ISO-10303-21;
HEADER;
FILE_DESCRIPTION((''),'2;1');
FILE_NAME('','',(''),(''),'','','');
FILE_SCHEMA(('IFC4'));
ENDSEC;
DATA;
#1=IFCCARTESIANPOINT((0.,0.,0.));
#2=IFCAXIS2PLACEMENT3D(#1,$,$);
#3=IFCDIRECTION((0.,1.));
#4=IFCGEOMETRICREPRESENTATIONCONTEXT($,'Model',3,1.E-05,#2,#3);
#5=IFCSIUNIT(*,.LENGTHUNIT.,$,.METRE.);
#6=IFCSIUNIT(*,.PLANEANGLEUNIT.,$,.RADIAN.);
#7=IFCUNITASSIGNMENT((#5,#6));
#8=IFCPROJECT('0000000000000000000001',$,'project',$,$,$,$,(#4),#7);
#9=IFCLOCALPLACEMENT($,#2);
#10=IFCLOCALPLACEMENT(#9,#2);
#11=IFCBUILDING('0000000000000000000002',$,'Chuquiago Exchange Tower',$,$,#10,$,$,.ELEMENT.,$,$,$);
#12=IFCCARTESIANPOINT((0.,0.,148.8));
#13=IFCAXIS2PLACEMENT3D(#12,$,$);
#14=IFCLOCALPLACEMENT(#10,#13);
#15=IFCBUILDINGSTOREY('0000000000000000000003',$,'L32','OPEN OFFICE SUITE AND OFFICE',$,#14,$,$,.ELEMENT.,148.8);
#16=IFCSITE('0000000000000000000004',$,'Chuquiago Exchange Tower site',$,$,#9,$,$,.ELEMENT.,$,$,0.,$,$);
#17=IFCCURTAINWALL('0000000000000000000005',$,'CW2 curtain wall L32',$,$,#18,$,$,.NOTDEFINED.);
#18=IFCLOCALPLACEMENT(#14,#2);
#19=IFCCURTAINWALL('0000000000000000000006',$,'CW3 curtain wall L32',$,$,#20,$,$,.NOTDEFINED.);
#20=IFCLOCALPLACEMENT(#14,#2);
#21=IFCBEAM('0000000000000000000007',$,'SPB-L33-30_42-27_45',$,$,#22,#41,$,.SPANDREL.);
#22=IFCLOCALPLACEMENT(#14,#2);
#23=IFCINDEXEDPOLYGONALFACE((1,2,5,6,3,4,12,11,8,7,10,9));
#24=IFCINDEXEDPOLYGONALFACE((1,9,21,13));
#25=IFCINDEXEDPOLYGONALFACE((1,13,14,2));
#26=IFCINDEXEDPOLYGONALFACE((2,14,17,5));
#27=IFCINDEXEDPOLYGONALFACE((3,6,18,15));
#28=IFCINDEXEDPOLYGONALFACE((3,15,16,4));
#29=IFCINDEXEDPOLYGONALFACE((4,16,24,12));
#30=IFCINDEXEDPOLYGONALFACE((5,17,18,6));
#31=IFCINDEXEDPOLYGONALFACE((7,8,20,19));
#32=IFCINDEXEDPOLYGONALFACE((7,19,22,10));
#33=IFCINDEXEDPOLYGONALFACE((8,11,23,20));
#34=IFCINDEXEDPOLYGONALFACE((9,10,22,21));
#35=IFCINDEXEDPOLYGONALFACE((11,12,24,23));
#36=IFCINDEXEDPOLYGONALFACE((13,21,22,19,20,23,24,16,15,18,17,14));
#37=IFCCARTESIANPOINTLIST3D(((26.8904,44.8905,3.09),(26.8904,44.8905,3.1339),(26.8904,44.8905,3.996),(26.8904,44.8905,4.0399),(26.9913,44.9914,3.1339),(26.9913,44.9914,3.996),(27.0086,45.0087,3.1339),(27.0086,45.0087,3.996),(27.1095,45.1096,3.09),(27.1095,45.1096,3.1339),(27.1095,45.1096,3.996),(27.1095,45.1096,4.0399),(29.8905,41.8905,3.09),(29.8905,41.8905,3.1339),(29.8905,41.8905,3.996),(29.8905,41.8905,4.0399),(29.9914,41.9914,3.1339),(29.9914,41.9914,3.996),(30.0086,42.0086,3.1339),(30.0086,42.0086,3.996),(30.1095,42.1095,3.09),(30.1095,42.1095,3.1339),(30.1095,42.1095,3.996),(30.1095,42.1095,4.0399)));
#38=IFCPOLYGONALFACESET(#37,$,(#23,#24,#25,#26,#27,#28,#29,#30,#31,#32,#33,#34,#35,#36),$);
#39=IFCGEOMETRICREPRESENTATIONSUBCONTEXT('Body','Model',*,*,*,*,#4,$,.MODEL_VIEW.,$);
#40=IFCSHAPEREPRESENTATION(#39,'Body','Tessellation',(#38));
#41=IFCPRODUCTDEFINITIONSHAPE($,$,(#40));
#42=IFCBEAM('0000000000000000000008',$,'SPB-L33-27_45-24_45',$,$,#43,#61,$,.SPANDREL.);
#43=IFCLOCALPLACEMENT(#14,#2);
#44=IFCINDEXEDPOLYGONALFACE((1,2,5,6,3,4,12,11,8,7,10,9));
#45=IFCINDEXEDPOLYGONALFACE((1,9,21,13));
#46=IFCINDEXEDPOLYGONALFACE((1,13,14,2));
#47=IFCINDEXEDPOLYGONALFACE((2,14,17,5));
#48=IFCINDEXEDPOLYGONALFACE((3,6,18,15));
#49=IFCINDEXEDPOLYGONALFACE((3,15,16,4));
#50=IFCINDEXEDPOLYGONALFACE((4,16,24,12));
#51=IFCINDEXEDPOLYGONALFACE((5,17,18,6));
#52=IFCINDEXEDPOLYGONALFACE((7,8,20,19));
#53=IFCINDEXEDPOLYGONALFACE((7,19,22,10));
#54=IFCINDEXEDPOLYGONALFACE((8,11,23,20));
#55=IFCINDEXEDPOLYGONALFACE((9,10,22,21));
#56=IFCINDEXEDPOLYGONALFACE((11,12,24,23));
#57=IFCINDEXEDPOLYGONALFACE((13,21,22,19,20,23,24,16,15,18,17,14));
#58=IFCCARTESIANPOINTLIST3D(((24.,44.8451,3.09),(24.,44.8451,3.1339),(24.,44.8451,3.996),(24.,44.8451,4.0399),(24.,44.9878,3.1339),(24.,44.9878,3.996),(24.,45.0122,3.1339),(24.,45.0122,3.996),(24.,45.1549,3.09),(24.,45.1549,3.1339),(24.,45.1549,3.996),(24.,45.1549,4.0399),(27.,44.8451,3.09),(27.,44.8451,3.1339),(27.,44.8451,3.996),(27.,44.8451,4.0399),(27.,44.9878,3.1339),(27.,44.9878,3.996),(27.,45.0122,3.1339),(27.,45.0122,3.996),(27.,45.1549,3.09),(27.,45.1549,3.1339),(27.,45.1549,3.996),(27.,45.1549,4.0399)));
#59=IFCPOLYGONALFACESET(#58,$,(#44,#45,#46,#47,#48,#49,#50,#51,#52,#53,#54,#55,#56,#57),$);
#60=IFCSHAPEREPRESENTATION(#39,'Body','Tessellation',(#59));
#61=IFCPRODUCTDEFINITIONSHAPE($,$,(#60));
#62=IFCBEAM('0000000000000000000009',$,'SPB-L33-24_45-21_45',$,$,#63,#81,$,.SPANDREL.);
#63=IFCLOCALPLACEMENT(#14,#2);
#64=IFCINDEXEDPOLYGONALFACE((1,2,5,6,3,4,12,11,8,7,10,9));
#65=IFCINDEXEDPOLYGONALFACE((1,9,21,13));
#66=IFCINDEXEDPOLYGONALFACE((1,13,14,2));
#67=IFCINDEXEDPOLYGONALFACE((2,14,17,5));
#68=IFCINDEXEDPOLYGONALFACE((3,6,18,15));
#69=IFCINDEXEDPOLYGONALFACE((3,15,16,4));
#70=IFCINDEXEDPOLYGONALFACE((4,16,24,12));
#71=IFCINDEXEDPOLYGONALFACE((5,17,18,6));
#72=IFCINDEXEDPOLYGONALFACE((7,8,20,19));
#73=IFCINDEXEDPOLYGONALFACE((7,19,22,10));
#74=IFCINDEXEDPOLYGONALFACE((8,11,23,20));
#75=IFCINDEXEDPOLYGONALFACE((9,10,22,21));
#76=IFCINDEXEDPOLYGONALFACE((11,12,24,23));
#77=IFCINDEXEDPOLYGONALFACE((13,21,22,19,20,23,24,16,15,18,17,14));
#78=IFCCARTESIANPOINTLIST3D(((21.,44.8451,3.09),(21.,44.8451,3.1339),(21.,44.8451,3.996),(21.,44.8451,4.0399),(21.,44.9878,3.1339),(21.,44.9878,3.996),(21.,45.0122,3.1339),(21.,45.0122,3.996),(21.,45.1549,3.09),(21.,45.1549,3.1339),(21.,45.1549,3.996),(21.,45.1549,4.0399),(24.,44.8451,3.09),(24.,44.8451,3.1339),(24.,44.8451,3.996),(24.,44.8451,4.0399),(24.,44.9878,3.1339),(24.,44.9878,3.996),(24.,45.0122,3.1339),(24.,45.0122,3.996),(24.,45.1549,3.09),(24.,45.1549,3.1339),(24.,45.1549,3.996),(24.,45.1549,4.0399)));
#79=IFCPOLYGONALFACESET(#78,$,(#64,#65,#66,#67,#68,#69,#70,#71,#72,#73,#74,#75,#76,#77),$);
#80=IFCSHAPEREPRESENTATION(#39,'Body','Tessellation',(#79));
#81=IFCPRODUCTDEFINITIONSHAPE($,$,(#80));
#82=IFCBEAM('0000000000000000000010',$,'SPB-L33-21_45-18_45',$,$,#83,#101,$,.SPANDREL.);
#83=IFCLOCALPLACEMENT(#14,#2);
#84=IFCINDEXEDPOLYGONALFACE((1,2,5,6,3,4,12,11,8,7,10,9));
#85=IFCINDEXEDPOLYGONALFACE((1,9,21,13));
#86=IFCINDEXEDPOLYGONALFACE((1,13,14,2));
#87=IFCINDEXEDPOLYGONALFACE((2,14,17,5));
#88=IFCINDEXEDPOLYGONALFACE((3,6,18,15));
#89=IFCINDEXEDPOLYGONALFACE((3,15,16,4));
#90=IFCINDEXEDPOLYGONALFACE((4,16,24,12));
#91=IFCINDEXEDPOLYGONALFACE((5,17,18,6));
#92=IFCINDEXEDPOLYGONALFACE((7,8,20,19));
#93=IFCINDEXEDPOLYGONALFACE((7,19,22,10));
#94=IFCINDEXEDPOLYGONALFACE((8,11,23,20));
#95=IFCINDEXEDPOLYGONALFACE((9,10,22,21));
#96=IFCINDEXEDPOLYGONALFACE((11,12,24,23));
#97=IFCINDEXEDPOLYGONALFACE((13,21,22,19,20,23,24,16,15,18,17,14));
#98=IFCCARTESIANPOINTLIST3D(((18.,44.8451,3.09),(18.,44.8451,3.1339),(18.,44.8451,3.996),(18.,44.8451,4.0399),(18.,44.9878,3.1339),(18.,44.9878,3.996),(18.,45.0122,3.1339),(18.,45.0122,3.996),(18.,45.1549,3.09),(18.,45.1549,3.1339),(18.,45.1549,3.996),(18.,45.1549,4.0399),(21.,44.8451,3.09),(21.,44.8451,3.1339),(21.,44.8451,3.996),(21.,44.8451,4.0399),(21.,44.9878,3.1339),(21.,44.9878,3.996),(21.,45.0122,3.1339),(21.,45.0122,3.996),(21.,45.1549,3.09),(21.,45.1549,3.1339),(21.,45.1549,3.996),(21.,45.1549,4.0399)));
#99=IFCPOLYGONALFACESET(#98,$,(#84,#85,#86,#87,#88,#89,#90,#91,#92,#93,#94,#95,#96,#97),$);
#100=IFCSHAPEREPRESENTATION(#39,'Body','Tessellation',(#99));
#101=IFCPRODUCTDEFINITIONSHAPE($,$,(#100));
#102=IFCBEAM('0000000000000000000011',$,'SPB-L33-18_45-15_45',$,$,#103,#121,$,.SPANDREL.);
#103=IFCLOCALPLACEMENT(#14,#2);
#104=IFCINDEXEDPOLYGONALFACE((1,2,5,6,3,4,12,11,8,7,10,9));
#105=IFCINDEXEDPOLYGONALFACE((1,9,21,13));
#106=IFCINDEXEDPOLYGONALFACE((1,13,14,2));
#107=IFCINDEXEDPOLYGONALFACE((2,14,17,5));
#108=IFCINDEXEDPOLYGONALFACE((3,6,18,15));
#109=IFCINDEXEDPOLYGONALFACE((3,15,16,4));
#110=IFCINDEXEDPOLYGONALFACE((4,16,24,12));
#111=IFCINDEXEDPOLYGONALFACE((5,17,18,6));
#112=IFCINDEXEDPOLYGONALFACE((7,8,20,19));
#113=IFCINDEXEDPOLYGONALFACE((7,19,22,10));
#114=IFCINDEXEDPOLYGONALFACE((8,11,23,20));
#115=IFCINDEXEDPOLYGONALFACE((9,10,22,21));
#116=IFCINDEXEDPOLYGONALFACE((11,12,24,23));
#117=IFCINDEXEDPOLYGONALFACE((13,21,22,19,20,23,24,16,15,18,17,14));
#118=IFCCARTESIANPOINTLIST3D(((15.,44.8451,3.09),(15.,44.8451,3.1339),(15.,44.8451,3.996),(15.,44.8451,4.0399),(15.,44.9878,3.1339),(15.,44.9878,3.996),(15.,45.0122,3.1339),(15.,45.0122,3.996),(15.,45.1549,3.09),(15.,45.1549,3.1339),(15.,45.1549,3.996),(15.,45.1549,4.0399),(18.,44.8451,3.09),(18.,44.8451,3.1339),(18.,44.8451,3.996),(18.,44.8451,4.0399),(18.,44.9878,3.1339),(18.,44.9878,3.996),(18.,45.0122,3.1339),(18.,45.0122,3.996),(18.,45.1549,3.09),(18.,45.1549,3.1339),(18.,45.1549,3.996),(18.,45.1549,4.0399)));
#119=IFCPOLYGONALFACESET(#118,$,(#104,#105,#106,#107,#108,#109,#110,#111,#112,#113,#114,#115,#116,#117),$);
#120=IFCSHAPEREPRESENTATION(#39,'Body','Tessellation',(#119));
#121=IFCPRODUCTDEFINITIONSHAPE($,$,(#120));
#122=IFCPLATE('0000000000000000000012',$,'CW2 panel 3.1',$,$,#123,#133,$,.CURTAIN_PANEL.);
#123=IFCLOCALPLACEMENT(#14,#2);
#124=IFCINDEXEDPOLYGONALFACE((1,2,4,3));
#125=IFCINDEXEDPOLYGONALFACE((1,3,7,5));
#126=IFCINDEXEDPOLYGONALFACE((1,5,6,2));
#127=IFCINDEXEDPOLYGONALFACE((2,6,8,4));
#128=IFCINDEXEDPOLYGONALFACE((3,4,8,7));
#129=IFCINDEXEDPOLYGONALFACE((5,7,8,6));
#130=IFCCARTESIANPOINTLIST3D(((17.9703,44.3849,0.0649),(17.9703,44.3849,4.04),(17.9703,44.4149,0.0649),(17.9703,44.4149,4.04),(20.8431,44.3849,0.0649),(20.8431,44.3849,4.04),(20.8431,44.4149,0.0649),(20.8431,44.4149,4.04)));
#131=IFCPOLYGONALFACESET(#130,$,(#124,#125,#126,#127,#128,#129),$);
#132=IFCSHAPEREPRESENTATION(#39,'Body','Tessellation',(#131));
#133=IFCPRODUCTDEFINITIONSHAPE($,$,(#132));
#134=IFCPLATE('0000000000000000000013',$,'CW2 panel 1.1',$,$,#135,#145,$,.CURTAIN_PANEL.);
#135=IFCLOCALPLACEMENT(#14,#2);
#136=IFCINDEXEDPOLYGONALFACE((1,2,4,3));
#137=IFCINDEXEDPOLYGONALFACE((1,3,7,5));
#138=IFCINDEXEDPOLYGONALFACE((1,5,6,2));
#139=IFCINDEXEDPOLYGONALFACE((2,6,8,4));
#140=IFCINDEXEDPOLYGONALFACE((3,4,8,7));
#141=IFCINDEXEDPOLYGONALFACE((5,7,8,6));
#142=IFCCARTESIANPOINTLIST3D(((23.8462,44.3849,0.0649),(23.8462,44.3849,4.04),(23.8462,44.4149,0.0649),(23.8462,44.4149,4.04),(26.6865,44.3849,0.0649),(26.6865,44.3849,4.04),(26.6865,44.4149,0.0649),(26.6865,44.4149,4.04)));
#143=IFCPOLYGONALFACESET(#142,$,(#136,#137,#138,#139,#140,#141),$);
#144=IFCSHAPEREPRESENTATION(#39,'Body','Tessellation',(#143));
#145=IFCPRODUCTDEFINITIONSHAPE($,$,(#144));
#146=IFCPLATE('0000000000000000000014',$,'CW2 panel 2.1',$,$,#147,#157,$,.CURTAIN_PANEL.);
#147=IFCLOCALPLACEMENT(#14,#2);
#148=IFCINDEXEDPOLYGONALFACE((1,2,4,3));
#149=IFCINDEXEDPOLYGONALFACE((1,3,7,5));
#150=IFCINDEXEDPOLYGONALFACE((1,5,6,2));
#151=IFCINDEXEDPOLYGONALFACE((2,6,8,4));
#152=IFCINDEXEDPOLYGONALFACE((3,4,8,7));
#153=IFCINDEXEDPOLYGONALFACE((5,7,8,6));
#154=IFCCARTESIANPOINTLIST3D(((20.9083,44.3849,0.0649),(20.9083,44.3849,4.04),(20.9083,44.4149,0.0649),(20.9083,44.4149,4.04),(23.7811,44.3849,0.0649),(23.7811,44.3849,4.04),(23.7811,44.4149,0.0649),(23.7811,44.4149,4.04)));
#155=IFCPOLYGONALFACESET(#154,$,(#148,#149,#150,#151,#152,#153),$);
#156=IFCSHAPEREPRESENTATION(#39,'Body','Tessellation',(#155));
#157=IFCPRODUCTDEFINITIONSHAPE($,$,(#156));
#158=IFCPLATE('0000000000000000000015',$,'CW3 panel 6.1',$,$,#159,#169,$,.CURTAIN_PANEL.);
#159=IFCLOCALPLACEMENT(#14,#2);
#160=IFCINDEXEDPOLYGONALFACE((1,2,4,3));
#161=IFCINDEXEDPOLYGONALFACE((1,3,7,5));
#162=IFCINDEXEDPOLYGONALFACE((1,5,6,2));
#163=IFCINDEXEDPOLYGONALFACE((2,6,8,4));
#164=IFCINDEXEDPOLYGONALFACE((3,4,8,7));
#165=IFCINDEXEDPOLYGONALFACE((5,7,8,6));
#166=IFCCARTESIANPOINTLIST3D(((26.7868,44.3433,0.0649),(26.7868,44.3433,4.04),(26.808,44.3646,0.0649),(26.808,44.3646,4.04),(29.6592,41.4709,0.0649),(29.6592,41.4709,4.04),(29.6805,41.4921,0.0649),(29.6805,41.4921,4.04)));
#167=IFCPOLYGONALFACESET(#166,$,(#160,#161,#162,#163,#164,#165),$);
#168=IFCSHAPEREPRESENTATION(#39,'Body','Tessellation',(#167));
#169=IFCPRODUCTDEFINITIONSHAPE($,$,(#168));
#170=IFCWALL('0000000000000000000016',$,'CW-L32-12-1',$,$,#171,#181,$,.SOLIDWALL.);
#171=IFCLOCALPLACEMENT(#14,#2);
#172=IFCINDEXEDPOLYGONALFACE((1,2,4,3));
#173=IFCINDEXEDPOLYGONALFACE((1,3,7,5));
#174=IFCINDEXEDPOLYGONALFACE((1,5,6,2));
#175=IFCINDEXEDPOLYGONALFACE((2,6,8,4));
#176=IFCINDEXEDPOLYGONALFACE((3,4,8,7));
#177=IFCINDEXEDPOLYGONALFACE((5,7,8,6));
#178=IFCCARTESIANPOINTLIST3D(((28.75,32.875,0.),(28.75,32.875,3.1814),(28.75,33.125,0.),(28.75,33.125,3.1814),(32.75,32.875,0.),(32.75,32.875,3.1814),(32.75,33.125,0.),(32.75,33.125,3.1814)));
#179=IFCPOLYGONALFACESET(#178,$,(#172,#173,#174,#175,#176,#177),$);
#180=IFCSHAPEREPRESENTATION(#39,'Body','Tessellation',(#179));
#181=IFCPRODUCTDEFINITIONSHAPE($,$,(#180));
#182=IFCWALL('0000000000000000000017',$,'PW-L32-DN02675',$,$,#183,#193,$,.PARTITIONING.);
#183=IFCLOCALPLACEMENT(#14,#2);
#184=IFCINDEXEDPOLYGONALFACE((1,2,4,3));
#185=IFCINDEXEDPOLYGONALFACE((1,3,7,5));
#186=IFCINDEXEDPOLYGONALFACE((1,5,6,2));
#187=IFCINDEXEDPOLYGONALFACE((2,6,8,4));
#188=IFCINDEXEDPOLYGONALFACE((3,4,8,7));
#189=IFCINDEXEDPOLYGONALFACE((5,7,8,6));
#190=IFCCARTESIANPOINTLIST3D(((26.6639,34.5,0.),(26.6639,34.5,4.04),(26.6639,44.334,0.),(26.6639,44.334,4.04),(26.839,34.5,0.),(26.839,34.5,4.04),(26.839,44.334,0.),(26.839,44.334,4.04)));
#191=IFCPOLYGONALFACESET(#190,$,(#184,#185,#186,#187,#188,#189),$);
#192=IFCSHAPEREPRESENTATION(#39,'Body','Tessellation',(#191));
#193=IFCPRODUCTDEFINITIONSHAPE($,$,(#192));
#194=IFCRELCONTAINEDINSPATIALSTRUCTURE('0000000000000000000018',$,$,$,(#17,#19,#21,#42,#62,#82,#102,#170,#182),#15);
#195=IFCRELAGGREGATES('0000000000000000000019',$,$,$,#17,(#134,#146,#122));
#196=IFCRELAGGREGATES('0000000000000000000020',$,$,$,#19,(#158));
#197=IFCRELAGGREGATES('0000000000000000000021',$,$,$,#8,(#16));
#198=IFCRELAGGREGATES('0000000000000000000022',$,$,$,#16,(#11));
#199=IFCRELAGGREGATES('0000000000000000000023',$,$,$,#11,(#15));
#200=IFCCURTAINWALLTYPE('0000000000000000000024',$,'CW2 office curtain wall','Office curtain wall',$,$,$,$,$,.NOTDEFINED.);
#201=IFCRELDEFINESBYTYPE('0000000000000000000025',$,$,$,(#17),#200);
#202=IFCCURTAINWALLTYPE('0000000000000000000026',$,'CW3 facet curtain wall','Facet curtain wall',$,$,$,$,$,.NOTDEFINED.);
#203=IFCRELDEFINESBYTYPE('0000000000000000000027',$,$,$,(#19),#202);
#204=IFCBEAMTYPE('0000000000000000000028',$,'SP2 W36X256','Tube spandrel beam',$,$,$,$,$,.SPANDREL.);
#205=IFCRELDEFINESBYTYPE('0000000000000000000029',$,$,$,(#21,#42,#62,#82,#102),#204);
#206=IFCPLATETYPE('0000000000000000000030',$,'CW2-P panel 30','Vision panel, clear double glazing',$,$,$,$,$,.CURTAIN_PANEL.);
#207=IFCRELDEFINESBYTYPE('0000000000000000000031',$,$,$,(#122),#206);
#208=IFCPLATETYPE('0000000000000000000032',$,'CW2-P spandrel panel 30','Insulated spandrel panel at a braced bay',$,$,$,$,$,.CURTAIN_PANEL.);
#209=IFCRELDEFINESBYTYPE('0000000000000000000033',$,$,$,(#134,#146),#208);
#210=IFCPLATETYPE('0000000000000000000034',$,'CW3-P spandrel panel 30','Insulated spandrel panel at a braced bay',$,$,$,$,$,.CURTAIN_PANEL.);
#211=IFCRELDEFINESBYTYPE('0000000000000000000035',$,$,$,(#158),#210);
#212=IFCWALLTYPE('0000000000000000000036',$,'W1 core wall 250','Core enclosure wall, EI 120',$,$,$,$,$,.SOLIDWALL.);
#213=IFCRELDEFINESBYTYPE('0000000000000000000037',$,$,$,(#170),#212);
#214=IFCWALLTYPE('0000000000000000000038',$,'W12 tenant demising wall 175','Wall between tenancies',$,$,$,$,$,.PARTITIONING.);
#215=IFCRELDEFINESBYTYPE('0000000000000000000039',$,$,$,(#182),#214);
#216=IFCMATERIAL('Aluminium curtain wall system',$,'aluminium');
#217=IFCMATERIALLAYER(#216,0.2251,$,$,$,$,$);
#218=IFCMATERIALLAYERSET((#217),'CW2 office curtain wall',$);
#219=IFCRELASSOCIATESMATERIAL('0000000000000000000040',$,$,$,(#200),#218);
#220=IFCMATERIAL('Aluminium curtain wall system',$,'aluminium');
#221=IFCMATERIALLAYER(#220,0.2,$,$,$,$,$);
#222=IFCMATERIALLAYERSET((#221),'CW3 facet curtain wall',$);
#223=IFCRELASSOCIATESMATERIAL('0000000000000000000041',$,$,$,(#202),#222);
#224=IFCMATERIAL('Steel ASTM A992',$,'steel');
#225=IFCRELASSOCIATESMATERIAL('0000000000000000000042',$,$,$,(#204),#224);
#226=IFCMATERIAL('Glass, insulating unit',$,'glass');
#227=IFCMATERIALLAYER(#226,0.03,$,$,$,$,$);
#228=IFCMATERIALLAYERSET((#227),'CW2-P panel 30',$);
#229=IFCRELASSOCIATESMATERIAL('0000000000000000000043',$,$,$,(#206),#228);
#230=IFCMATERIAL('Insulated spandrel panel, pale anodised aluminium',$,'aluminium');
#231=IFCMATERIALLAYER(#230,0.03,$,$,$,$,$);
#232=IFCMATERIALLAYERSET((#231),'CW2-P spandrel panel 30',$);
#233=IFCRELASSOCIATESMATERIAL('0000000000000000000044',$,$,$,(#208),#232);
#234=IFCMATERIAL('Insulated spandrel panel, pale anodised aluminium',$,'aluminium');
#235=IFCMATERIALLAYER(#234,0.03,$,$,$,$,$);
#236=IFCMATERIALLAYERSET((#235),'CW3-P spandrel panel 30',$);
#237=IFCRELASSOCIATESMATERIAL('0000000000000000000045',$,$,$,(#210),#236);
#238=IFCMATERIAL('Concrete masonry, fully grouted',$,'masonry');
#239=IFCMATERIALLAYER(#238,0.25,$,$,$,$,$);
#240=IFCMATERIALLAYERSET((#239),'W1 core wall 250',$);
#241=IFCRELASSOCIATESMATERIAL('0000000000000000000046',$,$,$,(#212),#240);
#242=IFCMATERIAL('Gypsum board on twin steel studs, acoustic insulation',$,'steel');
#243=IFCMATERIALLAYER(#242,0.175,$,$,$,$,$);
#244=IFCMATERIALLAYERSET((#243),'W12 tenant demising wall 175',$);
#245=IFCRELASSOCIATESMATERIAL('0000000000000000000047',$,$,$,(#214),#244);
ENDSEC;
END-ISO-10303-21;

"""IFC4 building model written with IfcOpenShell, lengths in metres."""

from ifc_helpers import new_model, si_unit, direction, frame, frame_2d, origin, origin_2d, place, context, subcontext, project, spatial, rectangle, i_section, extrude, material, layer, layer_set, material_profile, profile_set, type_object, element, aggregate, save


model = new_model("IFC4")

# Units and contexts
model_context = context("Model", 3, precision=1e-05, world=origin(), true_north=direction((0.0, 1.0)))
body_context = subcontext(model_context, "Body", "Model", "MODEL_VIEW")
ifc_project = project(units=[si_unit("LENGTHUNIT", "METRE"), si_unit("PLANEANGLEUNIT", "RADIAN")], contexts=[model_context])

# Site, building, storey
site_placement = place(None, origin())
site = spatial("IfcSite", under=ifc_project, at=site_placement, Name="Chuquiago Exchange Tower site", CompositionType="ELEMENT", RefElevation=0.0)
building_placement = place(site_placement, origin())
building = spatial("IfcBuilding", under=site, at=building_placement, Name="Chuquiago Exchange Tower", CompositionType="ELEMENT")
storey_placement = place(building_placement, frame((0.0, 0.0, 148.8)))
storey = spatial("IfcBuildingStorey", under=building, at=storey_placement, Name="L32", Description="OPEN OFFICE SUITE AND OFFICE", CompositionType="ELEMENT", Elevation=148.8)

# Curtain walls
ifc_material_1 = material(Name="Aluminium curtain wall system", Category="aluminium")
ifc_layer_1 = layer(ifc_material_1, 0.2251)
ifc_layer_set_1 = layer_set([ifc_layer_1], Name="CW2 office curtain wall")
curtain_wall_type_1 = type_object("IfcCurtainWallType", Name="CW2 office curtain wall", Description="Office curtain wall", PredefinedType="NOTDEFINED", material=ifc_layer_set_1)
curtain_wall_1_placement = place(storey_placement, origin())
curtain_wall_1 = element("IfcCurtainWall", 1, at=curtain_wall_1_placement, inside=storey, type_object=curtain_wall_type_1, Name="CW2 curtain wall L32", PredefinedType="NOTDEFINED")
ifc_material_2 = material(Name="Aluminium curtain wall system", Category="aluminium")
ifc_layer_2 = layer(ifc_material_2, 0.2)
ifc_layer_set_2 = layer_set([ifc_layer_2], Name="CW3 facet curtain wall")
curtain_wall_type_2 = type_object("IfcCurtainWallType", Name="CW3 facet curtain wall", Description="Facet curtain wall", PredefinedType="NOTDEFINED", material=ifc_layer_set_2)
curtain_wall_2_placement = place(storey_placement, origin())
curtain_wall_2 = element("IfcCurtainWall", 2, at=curtain_wall_2_placement, inside=storey, type_object=curtain_wall_type_2, Name="CW3 curtain wall L32", PredefinedType="NOTDEFINED")

# Beams
ifc_material_3 = material(Name="Steel ASTM A992", Category="steel")
ifc_material_profile_1 = material_profile(ifc_material_3, i_section(OverallWidth=0.3098, OverallDepth=0.95, WebThickness=0.0244, FlangeThickness=0.0439, at=origin_2d()), Name="W36X256")
ifc_profile_set_1 = profile_set([ifc_material_profile_1], Name="Steel ASTM A992")
beam_type_1 = type_object("IfcBeamType", Name="SP2 W36X256", Description="Tube spandrel beam", PredefinedType="SPANDREL", material=ifc_profile_set_1)
beam_1_placement = place(storey_placement, frame((30.0, 42.0, 3.5649), z_axis=(-0.707107, 0.707107, 0.0), x_axis=(-0.707107, -0.707107, 0.0)))
element("IfcBeam", 3, at=beam_1_placement, inside=storey, type_object=beam_type_1, Name="SPB-L33-30_42-27_45", PredefinedType="SPANDREL", context=body_context, shape_type="SweptSolid", body=[
    extrude(i_section(OverallWidth=0.3098, OverallDepth=0.95, WebThickness=0.0244, FlangeThickness=0.0439, at=origin_2d()), origin(), (0.0, 0.0, 1.0), 4.2427),
])
for number, where, z_axis, x_axis, name in (
    (4, (27.0, 45.0, 3.5649), (-1.0, 0.0, 0.0), (0.0, -1.0, 0.0), "SPB-L33-27_45-24_45"),
    (5, (24.0, 45.0, 3.5649), (-1.0, 0.0, 0.0), (0.0, -1.0, 0.0), "SPB-L33-24_45-21_45"),
    (6, (21.0, 45.0, 3.5649), (-1.0, 0.0, 0.0), (0.0, -1.0, 0.0), "SPB-L33-21_45-18_45"),
    (7, (18.0, 45.0, 3.5649), (-1.0, 0.0, 0.0), (0.0, -1.0, 0.0), "SPB-L33-18_45-15_45"),
):
    element("IfcBeam", number, at=place(storey_placement, frame(where, z_axis=z_axis, x_axis=x_axis)), inside=storey, type_object=beam_type_1, Name=name, PredefinedType="SPANDREL", context=body_context, shape_type="SweptSolid", body=[
        extrude(i_section(OverallWidth=0.3098, OverallDepth=0.95, WebThickness=0.0244, FlangeThickness=0.0439, at=origin_2d()), origin(), (0.0, 0.0, 1.0), 3.0),
    ])

# Plates
ifc_material_4 = material(Name="Glass, insulating unit", Category="glass")
ifc_layer_3 = layer(ifc_material_4, 0.03)
ifc_layer_set_3 = layer_set([ifc_layer_3], Name="CW2-P panel 30")
plate_type_1 = type_object("IfcPlateType", Name="CW2-P panel 30", Description="Vision panel, clear double glazing", PredefinedType="CURTAIN_PANEL", material=ifc_layer_set_3)
plate_1_placement = place(storey_placement, frame((19.4067, 44.3999, 0.0649), z_axis=(0.0, 0.0, 1.0), x_axis=(-1.0, 0.0, 0.0)))
plate_1 = element("IfcPlate", 8, at=plate_1_placement, type_object=plate_type_1, Name="CW2 panel 3.1", PredefinedType="CURTAIN_PANEL", context=body_context, shape_type="SweptSolid", body=[
    extrude(rectangle(XDim=2.8728, YDim=0.03, at=origin_2d()), origin(), (0.0, 0.0, 1.0), 3.9751),
])
ifc_material_5 = material(Name="Insulated spandrel panel, pale anodised aluminium", Category="aluminium")
ifc_layer_4 = layer(ifc_material_5, 0.03)
ifc_layer_set_4 = layer_set([ifc_layer_4], Name="CW2-P spandrel panel 30")
plate_type_2 = type_object("IfcPlateType", Name="CW2-P spandrel panel 30", Description="Insulated spandrel panel at a braced bay", PredefinedType="CURTAIN_PANEL", material=ifc_layer_set_4)
plate_2_placement = place(storey_placement, frame((25.2664, 44.3999, 0.0649), z_axis=(0.0, 0.0, 1.0), x_axis=(-1.0, 0.0, 0.0)))
plate_2 = element("IfcPlate", 9, at=plate_2_placement, type_object=plate_type_2, Name="CW2 panel 1.1", PredefinedType="CURTAIN_PANEL", context=body_context, shape_type="SweptSolid", body=[
    extrude(rectangle(XDim=2.8403, YDim=0.03, at=origin_2d()), origin(), (0.0, 0.0, 1.0), 3.9751),
])
plate_3_placement = place(storey_placement, frame((22.3447, 44.3999, 0.0649), z_axis=(0.0, 0.0, 1.0), x_axis=(-1.0, 0.0, 0.0)))
plate_3 = element("IfcPlate", 10, at=plate_3_placement, type_object=plate_type_2, Name="CW2 panel 2.1", PredefinedType="CURTAIN_PANEL", context=body_context, shape_type="SweptSolid", body=[
    extrude(rectangle(XDim=2.8728, YDim=0.03, at=origin_2d()), origin(), (0.0, 0.0, 1.0), 3.9751),
])
aggregate(curtain_wall_1, [plate_2, plate_3, plate_1])
ifc_material_6 = material(Name="Insulated spandrel panel, pale anodised aluminium", Category="aluminium")
ifc_layer_5 = layer(ifc_material_6, 0.03)
ifc_layer_set_5 = layer_set([ifc_layer_5], Name="CW3-P spandrel panel 30")
plate_type_3 = type_object("IfcPlateType", Name="CW3-P spandrel panel 30", Description="Insulated spandrel panel at a braced bay", PredefinedType="CURTAIN_PANEL", material=ifc_layer_set_5)
plate_4_placement = place(storey_placement, frame((28.2336, 42.9177, 0.0649), z_axis=(0.0, 0.0, 1.0), x_axis=(-0.707107, 0.707107, 0.0)))
plate_4 = element("IfcPlate", 11, at=plate_4_placement, type_object=plate_type_3, Name="CW3 panel 6.1", PredefinedType="CURTAIN_PANEL", context=body_context, shape_type="SweptSolid", body=[
    extrude(rectangle(XDim=4.0623, YDim=0.03, at=origin_2d()), origin(), (0.0, 0.0, 1.0), 3.9751),
])
aggregate(curtain_wall_2, [plate_4])

# Walls
ifc_material_7 = material(Name="Concrete masonry, fully grouted", Category="masonry")
ifc_layer_6 = layer(ifc_material_7, 0.25)
ifc_layer_set_6 = layer_set([ifc_layer_6], Name="W1 core wall 250")
wall_type_1 = type_object("IfcWallType", Name="W1 core wall 250", Description="Core enclosure wall, EI 120", PredefinedType="SOLIDWALL", material=ifc_layer_set_6)
wall_1_placement = place(storey_placement, frame((28.75, 33.0, 0.0), z_axis=(0.0, 0.0, 1.0), x_axis=(1.0, 0.0, 0.0)))
element("IfcWall", 12, at=wall_1_placement, inside=storey, type_object=wall_type_1, Name="CW-L32-12-1", PredefinedType="SOLIDWALL", context=body_context, shape_type="SweptSolid", body=[
    extrude(rectangle(XDim=4.0, YDim=0.25, at=frame_2d((2.0, 0.0))), origin(), (0.0, 0.0, 1.0), 3.1814),
])
ifc_material_8 = material(Name="Gypsum board on twin steel studs, acoustic insulation", Category="steel")
ifc_layer_7 = layer(ifc_material_8, 0.175)
ifc_layer_set_7 = layer_set([ifc_layer_7], Name="W12 tenant demising wall 175")
wall_type_2 = type_object("IfcWallType", Name="W12 tenant demising wall 175", Description="Wall between tenancies", PredefinedType="PARTITIONING", material=ifc_layer_set_7)
wall_2_placement = place(storey_placement, frame((26.7515, 44.334, 0.0), z_axis=(0.0, 0.0, 1.0), x_axis=(0.0, -1.0, 0.0)))
element("IfcWall", 13, at=wall_2_placement, inside=storey, type_object=wall_type_2, Name="PW-L32-DN02675", PredefinedType="PARTITIONING", context=body_context, shape_type="SweptSolid", body=[
    extrude(rectangle(XDim=9.834, YDim=0.175, at=frame_2d((4.917, 0.0))), origin(), (0.0, 0.0, 1.0), 4.04),
])

save(model, "model.ifc")
